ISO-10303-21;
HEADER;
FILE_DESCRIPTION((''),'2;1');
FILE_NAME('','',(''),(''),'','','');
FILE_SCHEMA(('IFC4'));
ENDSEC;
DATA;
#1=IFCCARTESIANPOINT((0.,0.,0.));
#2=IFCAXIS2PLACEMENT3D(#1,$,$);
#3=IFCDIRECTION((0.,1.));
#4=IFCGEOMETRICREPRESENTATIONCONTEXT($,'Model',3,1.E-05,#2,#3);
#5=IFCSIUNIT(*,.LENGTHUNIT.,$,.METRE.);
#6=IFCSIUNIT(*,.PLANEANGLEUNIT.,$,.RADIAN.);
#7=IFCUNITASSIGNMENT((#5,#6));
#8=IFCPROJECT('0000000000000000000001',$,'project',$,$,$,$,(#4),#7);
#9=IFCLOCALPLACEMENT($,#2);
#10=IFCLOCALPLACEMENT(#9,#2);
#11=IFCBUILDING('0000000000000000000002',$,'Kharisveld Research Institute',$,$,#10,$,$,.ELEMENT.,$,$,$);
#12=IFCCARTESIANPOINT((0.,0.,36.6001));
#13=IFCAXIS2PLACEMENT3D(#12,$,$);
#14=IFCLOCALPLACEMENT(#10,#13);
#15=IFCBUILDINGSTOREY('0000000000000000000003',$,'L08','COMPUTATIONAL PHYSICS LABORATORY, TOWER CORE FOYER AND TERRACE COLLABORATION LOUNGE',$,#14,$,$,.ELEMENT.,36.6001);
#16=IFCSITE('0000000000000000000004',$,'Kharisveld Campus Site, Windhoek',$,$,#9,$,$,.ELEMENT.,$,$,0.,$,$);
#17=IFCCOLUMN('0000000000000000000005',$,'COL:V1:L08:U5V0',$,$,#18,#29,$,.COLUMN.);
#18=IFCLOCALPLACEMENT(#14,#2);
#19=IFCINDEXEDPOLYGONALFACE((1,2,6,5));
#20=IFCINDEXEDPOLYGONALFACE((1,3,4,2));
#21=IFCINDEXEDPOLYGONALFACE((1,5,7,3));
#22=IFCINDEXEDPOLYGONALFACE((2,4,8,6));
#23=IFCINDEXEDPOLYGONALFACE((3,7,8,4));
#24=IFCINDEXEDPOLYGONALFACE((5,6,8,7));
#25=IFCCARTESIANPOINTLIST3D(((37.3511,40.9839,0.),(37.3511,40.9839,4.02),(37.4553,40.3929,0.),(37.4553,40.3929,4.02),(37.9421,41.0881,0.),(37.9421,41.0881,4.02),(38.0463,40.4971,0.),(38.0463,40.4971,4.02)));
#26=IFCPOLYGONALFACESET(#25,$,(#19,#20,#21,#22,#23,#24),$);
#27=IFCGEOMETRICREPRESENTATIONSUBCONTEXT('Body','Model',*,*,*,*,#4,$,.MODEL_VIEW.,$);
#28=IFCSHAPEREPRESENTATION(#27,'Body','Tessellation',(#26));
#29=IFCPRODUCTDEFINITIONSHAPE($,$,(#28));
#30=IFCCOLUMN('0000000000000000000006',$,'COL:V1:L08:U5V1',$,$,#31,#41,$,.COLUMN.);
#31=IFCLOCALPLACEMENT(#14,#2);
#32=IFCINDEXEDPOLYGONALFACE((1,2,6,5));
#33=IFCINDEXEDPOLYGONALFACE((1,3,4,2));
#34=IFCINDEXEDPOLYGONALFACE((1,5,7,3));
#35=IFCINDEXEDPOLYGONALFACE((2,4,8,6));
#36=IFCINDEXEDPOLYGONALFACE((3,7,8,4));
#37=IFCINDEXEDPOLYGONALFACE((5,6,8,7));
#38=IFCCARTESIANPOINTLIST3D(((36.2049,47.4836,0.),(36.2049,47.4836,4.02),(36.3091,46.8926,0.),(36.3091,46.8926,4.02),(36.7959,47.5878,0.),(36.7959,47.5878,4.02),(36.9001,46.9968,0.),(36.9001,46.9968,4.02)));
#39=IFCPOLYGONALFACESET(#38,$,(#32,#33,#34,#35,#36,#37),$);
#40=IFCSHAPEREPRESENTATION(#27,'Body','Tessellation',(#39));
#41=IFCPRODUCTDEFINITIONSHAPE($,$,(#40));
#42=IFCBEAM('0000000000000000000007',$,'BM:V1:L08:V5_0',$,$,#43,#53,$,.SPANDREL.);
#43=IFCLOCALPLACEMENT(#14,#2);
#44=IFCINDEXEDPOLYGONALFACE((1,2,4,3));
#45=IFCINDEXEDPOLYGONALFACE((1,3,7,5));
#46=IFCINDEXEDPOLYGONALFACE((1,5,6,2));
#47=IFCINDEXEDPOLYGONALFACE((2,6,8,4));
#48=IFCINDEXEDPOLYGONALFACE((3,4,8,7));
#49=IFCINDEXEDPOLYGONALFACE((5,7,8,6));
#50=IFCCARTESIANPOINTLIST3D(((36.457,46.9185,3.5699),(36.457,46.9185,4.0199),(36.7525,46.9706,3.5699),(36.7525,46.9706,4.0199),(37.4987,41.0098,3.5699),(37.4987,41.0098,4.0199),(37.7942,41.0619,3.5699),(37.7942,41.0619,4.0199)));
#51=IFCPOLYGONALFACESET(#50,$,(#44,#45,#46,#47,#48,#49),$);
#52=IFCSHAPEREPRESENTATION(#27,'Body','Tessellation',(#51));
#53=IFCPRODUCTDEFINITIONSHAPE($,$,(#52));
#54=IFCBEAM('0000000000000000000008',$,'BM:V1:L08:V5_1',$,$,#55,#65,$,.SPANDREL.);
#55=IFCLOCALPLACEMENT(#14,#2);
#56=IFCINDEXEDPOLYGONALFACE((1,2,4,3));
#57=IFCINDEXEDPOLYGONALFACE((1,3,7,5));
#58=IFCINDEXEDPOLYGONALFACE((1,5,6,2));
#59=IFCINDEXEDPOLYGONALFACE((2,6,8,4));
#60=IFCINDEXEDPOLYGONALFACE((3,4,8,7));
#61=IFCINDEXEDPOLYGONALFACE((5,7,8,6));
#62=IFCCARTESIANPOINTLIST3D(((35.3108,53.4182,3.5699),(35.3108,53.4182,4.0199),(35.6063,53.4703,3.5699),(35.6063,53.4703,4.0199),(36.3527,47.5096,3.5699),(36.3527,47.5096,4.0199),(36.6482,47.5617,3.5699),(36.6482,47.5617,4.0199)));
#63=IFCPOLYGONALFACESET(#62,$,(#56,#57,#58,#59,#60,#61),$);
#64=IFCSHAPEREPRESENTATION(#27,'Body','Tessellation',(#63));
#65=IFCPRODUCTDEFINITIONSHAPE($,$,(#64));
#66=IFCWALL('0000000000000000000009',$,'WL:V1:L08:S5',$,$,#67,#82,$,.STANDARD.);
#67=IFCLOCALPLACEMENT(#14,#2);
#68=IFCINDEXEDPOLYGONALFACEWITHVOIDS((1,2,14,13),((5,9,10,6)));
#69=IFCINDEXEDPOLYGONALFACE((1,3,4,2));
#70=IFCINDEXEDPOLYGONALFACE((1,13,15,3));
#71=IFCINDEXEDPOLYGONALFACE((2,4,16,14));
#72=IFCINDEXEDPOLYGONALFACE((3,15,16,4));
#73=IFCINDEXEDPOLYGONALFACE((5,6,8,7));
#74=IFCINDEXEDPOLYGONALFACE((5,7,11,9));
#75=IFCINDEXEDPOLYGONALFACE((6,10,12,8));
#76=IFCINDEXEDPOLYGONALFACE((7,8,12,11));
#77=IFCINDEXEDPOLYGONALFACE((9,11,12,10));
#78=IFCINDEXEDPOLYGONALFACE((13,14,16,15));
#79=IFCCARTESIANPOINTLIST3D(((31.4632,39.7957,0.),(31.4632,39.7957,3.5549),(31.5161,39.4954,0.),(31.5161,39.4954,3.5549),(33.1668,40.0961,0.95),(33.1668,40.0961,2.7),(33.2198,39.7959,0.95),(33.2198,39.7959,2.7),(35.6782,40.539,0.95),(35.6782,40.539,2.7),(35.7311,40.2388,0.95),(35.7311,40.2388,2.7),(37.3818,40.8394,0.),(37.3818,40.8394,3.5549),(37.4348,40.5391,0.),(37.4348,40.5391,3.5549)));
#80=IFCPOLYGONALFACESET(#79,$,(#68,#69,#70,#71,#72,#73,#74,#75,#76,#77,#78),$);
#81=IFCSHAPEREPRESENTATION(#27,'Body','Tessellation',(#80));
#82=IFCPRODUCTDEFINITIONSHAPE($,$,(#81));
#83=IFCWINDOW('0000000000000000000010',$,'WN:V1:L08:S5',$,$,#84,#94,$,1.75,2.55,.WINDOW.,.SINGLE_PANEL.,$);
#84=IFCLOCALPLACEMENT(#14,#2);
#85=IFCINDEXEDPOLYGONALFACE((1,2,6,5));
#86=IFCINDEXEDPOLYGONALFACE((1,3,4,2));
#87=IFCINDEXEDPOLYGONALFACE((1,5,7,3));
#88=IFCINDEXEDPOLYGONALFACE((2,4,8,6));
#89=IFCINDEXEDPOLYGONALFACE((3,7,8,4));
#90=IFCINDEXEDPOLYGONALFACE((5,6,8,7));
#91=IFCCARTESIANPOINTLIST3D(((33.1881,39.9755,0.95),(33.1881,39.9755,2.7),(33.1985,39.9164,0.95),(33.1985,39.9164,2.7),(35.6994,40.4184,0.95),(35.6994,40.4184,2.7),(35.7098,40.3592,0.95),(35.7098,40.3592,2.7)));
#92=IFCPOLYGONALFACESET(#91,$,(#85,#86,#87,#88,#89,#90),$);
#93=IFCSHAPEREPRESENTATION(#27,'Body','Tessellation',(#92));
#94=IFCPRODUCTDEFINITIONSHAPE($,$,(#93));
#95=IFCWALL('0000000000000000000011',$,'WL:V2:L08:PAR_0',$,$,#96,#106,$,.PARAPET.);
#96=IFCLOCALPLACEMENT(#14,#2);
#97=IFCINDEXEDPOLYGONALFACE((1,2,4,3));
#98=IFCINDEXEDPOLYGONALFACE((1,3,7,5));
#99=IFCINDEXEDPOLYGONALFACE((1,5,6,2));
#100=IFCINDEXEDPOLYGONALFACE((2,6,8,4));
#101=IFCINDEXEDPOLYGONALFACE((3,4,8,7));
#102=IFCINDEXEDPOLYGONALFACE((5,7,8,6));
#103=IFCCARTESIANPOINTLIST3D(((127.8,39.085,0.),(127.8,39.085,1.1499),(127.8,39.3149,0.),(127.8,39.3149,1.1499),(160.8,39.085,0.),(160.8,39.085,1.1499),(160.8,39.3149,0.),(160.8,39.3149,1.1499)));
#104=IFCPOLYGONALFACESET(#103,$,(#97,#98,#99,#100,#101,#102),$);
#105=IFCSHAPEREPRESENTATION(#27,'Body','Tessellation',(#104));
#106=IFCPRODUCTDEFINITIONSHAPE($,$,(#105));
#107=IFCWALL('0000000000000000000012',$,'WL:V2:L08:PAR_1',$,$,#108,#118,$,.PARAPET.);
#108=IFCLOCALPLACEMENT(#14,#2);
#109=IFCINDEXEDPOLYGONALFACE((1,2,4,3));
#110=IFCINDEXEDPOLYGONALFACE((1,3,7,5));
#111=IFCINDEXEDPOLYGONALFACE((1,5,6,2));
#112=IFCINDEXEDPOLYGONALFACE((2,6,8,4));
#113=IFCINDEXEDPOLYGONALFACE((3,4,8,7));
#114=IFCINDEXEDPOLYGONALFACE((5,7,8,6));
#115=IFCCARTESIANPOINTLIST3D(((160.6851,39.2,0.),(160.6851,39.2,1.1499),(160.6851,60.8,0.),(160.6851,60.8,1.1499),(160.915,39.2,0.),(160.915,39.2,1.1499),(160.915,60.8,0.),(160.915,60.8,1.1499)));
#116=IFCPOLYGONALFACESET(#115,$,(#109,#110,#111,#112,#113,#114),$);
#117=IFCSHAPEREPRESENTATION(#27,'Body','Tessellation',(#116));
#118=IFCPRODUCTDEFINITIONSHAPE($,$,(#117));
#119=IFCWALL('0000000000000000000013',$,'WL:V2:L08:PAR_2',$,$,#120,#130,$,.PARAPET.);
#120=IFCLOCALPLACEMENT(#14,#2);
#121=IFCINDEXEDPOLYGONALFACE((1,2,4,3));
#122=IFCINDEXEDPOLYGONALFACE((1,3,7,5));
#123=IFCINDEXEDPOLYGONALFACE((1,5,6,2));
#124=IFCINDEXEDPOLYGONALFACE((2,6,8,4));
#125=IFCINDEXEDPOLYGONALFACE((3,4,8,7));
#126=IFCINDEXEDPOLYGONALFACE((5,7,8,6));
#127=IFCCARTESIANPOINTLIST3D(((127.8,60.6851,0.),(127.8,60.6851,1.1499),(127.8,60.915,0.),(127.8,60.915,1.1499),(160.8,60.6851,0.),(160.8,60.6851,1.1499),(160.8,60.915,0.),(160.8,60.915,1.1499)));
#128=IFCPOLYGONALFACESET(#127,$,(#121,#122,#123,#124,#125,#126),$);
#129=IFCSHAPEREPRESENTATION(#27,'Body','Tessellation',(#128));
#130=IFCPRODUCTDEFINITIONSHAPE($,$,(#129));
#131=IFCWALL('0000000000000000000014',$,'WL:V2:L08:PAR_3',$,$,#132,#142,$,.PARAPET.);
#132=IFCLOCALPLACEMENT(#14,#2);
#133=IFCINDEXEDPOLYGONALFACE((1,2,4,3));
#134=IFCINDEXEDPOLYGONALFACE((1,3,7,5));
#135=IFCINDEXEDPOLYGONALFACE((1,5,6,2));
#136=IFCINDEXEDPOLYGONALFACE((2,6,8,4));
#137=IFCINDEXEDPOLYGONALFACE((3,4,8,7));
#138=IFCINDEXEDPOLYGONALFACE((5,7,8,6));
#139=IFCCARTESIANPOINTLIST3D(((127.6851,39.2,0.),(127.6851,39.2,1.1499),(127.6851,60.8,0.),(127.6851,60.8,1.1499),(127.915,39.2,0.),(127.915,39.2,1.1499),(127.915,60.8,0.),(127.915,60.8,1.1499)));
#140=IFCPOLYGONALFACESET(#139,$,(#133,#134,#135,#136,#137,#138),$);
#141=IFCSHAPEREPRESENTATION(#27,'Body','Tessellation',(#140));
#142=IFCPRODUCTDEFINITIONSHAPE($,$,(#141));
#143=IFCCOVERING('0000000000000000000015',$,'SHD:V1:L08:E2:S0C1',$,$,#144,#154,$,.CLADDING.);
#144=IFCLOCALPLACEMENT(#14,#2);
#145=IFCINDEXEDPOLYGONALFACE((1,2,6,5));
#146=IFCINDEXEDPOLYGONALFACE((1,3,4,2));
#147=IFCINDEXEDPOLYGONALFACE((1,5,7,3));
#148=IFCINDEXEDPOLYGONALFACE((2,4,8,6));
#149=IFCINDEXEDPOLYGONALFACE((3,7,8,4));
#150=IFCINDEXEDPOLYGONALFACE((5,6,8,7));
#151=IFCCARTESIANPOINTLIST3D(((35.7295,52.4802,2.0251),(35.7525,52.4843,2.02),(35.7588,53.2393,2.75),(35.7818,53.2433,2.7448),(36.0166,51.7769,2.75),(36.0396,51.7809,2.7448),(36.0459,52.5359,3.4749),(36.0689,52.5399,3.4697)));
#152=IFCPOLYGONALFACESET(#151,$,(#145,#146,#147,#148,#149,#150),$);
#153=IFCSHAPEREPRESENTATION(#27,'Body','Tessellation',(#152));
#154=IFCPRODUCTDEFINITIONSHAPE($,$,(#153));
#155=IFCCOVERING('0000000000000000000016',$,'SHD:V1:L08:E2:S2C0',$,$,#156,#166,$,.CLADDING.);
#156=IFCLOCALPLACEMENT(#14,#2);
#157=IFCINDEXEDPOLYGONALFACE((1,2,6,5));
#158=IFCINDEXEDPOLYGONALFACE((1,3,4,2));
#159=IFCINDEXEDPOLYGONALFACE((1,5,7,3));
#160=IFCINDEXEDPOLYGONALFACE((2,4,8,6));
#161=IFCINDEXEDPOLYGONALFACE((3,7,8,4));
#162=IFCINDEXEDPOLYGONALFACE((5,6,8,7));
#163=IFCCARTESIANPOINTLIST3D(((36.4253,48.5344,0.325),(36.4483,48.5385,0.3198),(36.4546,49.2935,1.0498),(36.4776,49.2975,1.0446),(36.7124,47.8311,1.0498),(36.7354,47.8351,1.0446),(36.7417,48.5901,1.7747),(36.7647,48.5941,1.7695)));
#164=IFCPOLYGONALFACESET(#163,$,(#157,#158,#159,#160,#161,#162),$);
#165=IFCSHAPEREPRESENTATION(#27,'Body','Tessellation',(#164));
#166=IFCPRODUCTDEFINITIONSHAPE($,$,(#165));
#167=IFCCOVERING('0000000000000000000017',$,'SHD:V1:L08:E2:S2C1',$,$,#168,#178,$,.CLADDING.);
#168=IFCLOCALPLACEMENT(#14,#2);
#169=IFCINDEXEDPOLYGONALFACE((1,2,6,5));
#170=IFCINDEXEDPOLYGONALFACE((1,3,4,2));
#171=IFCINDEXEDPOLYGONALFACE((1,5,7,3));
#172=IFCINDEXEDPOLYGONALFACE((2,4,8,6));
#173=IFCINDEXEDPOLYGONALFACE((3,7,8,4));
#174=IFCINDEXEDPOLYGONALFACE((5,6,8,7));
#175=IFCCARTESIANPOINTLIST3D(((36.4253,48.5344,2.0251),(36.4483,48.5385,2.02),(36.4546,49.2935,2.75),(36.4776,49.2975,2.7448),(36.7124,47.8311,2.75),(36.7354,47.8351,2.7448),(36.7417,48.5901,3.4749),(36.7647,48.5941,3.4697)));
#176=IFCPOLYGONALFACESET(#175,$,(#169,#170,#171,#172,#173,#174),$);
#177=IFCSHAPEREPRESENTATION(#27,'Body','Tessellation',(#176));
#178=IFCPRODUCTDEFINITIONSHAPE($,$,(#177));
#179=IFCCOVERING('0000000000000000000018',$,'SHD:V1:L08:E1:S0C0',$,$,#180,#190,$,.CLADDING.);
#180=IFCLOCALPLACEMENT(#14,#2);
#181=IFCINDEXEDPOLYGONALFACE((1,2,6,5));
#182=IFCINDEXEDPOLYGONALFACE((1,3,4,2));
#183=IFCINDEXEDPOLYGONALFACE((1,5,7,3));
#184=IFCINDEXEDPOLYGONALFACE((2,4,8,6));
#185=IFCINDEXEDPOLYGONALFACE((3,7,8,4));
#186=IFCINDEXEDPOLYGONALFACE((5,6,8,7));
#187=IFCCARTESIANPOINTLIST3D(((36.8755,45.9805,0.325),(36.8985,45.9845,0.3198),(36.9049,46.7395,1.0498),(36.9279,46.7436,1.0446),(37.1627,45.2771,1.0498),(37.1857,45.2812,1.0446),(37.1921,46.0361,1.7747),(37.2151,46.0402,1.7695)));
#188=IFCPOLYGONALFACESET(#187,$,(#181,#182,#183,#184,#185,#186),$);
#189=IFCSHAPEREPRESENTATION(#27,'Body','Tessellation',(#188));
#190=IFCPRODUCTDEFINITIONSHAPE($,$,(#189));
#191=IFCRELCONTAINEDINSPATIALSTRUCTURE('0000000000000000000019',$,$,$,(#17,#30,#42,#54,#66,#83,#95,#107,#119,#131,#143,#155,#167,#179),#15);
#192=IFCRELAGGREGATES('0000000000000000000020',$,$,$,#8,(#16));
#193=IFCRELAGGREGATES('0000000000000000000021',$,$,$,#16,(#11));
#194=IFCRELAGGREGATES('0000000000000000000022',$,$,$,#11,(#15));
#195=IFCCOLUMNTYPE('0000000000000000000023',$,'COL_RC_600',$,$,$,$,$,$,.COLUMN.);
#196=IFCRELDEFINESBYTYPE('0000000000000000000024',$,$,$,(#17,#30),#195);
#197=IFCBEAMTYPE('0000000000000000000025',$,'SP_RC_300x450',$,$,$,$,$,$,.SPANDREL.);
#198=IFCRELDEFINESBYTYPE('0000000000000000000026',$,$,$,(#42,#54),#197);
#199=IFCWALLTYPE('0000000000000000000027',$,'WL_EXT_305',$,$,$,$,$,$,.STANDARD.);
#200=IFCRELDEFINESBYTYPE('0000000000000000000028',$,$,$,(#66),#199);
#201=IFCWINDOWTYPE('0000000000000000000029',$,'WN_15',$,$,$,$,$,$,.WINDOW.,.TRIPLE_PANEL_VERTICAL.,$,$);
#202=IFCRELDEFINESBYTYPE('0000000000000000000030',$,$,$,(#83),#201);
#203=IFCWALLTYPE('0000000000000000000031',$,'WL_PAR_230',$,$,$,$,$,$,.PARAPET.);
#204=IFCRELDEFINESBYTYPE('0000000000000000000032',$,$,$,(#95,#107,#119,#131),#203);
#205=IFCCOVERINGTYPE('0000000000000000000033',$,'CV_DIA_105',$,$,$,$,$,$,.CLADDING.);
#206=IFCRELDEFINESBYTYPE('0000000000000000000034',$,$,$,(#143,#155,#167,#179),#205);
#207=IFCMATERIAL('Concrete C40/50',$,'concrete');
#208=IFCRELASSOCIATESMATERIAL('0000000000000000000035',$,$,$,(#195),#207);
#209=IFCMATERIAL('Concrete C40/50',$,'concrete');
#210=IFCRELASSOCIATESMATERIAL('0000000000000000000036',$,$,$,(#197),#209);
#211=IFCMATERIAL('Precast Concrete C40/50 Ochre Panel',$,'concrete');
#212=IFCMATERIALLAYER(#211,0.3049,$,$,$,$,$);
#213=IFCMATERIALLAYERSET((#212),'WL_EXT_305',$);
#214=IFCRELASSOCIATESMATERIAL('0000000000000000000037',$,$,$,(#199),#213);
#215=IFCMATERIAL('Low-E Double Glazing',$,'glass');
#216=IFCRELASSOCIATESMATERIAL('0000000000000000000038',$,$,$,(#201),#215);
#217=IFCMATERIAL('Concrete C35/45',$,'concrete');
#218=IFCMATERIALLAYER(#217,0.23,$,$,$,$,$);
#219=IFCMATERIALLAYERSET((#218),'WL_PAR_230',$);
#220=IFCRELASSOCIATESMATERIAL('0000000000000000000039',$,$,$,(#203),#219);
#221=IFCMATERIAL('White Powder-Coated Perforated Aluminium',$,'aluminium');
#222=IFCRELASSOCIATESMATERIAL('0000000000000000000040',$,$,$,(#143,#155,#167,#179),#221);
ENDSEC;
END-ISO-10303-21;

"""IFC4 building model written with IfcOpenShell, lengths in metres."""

from ifc_helpers import new_model, si_unit, direction, frame, frame_2d, origin, origin_2d, place, context, subcontext, project, spatial, polyline, rectangle, outline, extrude, material, layer, layer_set, material_profile, profile_set, type_object, element, fill, save


model = new_model("IFC4")

# Units and contexts
model_context = context("Model", 3, precision=1e-05, world=origin(), true_north=direction((0.0, 1.0)))
body_context = subcontext(model_context, "Body", "Model", "MODEL_VIEW")
ifc_project = project(units=[si_unit("LENGTHUNIT", "METRE"), si_unit("PLANEANGLEUNIT", "RADIAN")], contexts=[model_context])

# Site, building, storey
site_placement = place(None, origin())
site = spatial("IfcSite", under=ifc_project, at=site_placement, Name="Kharisveld Campus Site, Windhoek", CompositionType="ELEMENT", RefElevation=0.0)
building_placement = place(site_placement, origin())
building = spatial("IfcBuilding", under=site, at=building_placement, Name="Kharisveld Research Institute", CompositionType="ELEMENT")
storey_placement = place(building_placement, frame((0.0, 0.0, 36.6001)))
storey = spatial("IfcBuildingStorey", under=building, at=storey_placement, Name="L08", Description="COMPUTATIONAL PHYSICS LABORATORY, TOWER CORE FOYER AND TERRACE COLLABORATION LOUNGE", CompositionType="ELEMENT", Elevation=36.6001)

# Columns
ifc_material_1 = material(Name="Concrete C40/50", Category="concrete")
ifc_material_profile_1 = material_profile(ifc_material_1, rectangle(XDim=0.6001, YDim=0.6001, at=origin_2d()))
ifc_profile_set_1 = profile_set([ifc_material_profile_1], Name="Concrete C40/50")
column_type = type_object("IfcColumnType", Name="COL_RC_600", PredefinedType="COLUMN", material=ifc_profile_set_1)
for number, where, z_axis, x_axis, name in (
    (1, (37.6987, 40.7405, 0.0), (0.0, 0.0, 1.0), (0.984808, 0.173648, 0.0), "COL:V1:L08:U5V0"),
    (2, (36.5525, 47.2402, 0.0), (0.0, 0.0, 1.0), (0.984808, 0.173648, 0.0), "COL:V1:L08:U5V1"),
):
    element("IfcColumn", number, at=place(storey_placement, frame(where, z_axis=z_axis, x_axis=x_axis)), inside=storey, type_object=column_type, Name=name, PredefinedType="COLUMN", context=body_context, shape_type="SweptSolid", body=[
        extrude(rectangle(XDim=0.6001, YDim=0.6001, at=origin_2d()), origin(), (0.0, 0.0, 1.0), 4.02),
    ])

# Beams
ifc_material_2 = material(Name="Concrete C40/50", Category="concrete")
ifc_material_profile_2 = material_profile(ifc_material_2, rectangle(XDim=0.3, YDim=0.45, at=origin_2d()))
ifc_profile_set_2 = profile_set([ifc_material_profile_2], Name="Concrete C40/50")
beam_type = type_object("IfcBeamType", Name="SP_RC_300x450", PredefinedType="SPANDREL", material=ifc_profile_set_2)
for number, where, z_axis, x_axis, name in (
    (3, (37.6465, 41.0359, 3.7949), (-0.17363, 0.984811, 0.0), (-0.984811, -0.17363, 0.0), "BM:V1:L08:V5_0"),
    (4, (36.5005, 47.5356, 3.7949), (-0.173669, 0.984804, 0.0), (-0.984804, -0.173669, 0.0), "BM:V1:L08:V5_1"),
):
    element("IfcBeam", number, at=place(storey_placement, frame(where, z_axis=z_axis, x_axis=x_axis)), inside=storey, type_object=beam_type, Name=name, PredefinedType="SPANDREL", context=body_context, shape_type="SweptSolid", body=[
        extrude(rectangle(XDim=0.3, YDim=0.45, at=origin_2d()), origin(), (0.0, 0.0, 1.0), 5.9998),
    ])

# Wall, opening, window
ifc_material_3 = material(Name="Precast Concrete C40/50 Ochre Panel", Category="concrete")
ifc_layer_1 = layer(ifc_material_3, 0.3049)
ifc_layer_set_1 = layer_set([ifc_layer_1], Name="WL_EXT_305")
wall_type_1 = type_object("IfcWallType", Name="WL_EXT_305", PredefinedType="STANDARD", material=ifc_layer_set_1)
wall_1_placement = place(storey_placement, frame((37.4082, 40.6892, 0.0), z_axis=(0.0, 0.0, 1.0), x_axis=(-0.984806, -0.17366, 0.0)))
wall_1 = element("IfcWall", 5, at=wall_1_placement, inside=storey, type_object=wall_type_1, Name="WL:V1:L08:S5", PredefinedType="STANDARD", context=body_context, shape_type="SweptSolid", body=[
    extrude(rectangle(XDim=6.01, YDim=0.3049, at=frame_2d((3.0049, 0.0))), origin(), (0.0, 0.0, 1.0), 3.5549),
])
opening_1_placement = place(wall_1_placement, frame((1.73, 0.0, 0.95)))
opening_1 = element("IfcOpeningElement", 6, at=opening_1_placement, cuts=wall_1, PredefinedType="OPENING", context=body_context, shape_type="SweptSolid", body=[
    extrude(rectangle(XDim=2.55, YDim=1.75, at=frame_2d((1.2749, 0.875))), frame((0.0, 0.1523, 0.0), z_axis=(0.0, -1.0, 0.0), x_axis=(1.0, 0.0, 0.0)), (0.0, 0.0, 1.0), 0.3049),
])
ifc_material_4 = material(Name="Low-E Double Glazing", Category="glass")
window_type_1 = type_object("IfcWindowType", Name="WN_15", PartitioningType="TRIPLE_PANEL_VERTICAL", PredefinedType="WINDOW", material=ifc_material_4)
window_1_placement = place(opening_1_placement, origin())
window_1 = element("IfcWindow", 7, at=window_1_placement, inside=storey, type_object=window_type_1, Name="WN:V1:L08:S5", OverallHeight=1.75, OverallWidth=2.55, PartitioningType="SINGLE_PANEL", PredefinedType="WINDOW", context=body_context, shape_type="SweptSolid", body=[
    extrude(rectangle(XDim=2.55, YDim=1.75, at=frame_2d((1.2749, 0.875))), frame((0.0, 0.03, 0.0), z_axis=(0.0, -1.0, 0.0), x_axis=(1.0, 0.0, 0.0)), (0.0, 0.0, 1.0), 0.0601),
])
fill(opening_1, window_1)

# Walls
ifc_material_5 = material(Name="Concrete C35/45", Category="concrete")
ifc_layer_2 = layer(ifc_material_5, 0.23)
ifc_layer_set_2 = layer_set([ifc_layer_2], Name="WL_PAR_230")
wall_type_2 = type_object("IfcWallType", Name="WL_PAR_230", PredefinedType="PARAPET", material=ifc_layer_set_2)
wall_2_placement = place(storey_placement, frame((127.8, 39.2, 0.0), z_axis=(0.0, 0.0, 1.0), x_axis=(1.0, 0.0, 0.0)))
element("IfcWall", 8, at=wall_2_placement, inside=storey, type_object=wall_type_2, Name="WL:V2:L08:PAR_0", PredefinedType="PARAPET", context=body_context, shape_type="SweptSolid", body=[
    extrude(rectangle(XDim=33.0, YDim=0.23, at=frame_2d((16.5, 0.0))), origin(), (0.0, 0.0, 1.0), 1.1499),
])
wall_3_placement = place(storey_placement, frame((160.8, 39.2, 0.0), z_axis=(0.0, 0.0, 1.0), x_axis=(0.0, 1.0, 0.0)))
element("IfcWall", 9, at=wall_3_placement, inside=storey, type_object=wall_type_2, Name="WL:V2:L08:PAR_1", PredefinedType="PARAPET", context=body_context, shape_type="SweptSolid", body=[
    extrude(rectangle(XDim=21.6001, YDim=0.23, at=frame_2d((10.8, 0.0))), origin(), (0.0, 0.0, 1.0), 1.1499),
])
wall_4_placement = place(storey_placement, frame((160.8, 60.8, 0.0), z_axis=(0.0, 0.0, 1.0), x_axis=(-1.0, 0.0, 0.0)))
element("IfcWall", 10, at=wall_4_placement, inside=storey, type_object=wall_type_2, Name="WL:V2:L08:PAR_2", PredefinedType="PARAPET", context=body_context, shape_type="SweptSolid", body=[
    extrude(rectangle(XDim=33.0, YDim=0.23, at=frame_2d((16.5, 0.0))), origin(), (0.0, 0.0, 1.0), 1.1499),
])
wall_5_placement = place(storey_placement, frame((127.8, 60.8, 0.0), z_axis=(0.0, 0.0, 1.0), x_axis=(0.0, -1.0, 0.0)))
element("IfcWall", 11, at=wall_5_placement, inside=storey, type_object=wall_type_2, Name="WL:V2:L08:PAR_3", PredefinedType="PARAPET", context=body_context, shape_type="SweptSolid", body=[
    extrude(rectangle(XDim=21.6001, YDim=0.23, at=frame_2d((10.8, 0.0))), origin(), (0.0, 0.0, 1.0), 1.1499),
])

# Coverings
ifc_material_6 = material(Name="White Powder-Coated Perforated Aluminium", Category="aluminium")
covering_type = type_object("IfcCoveringType", Name="CV_DIA_105", PredefinedType="CLADDING")
for number, where, z_axis, x_axis, name in (
    (12, (35.7295, 52.4802, 2.0251), (-0.961487, -0.169504, 0.216358), (0.273429, -0.669853, 0.690314), "SHD:V1:L08:E2:S0C1"),
    (13, (36.4253, 48.5344, 0.325), (-0.961487, -0.169504, 0.216358), (0.273429, -0.669853, 0.690314), "SHD:V1:L08:E2:S2C0"),
    (14, (36.4253, 48.5344, 2.0251), (-0.961487, -0.169504, 0.216358), (0.273429, -0.669853, 0.690314), "SHD:V1:L08:E2:S2C1"),
):
    element("IfcCovering", number, at=place(storey_placement, frame(where, z_axis=z_axis, x_axis=x_axis)), inside=storey, type_object=covering_type, material=ifc_material_6, Name=name, PredefinedType="CLADDING", context=body_context, shape_type="SweptSolid", body=[
        extrude(outline(polyline([(0.0, 0.0), (1.05, 0.0), (1.05, 1.05), (-0.0001, 1.05), (0.0, 0.0)])), origin(), (0.0, 0.0, -1.0), 0.0239),
    ])
for number, where, z_axis, x_axis, name in (
    (15, (36.8755, 45.9805, 0.325), (-0.961453, -0.169498, 0.216512), (0.273536, -0.669834, 0.69029), "SHD:V1:L08:E1:S0C0"),
):
    element("IfcCovering", number, at=place(storey_placement, frame(where, z_axis=z_axis, x_axis=x_axis)), inside=storey, type_object=covering_type, material=ifc_material_6, Name=name, PredefinedType="CLADDING", context=body_context, shape_type="SweptSolid", body=[
        extrude(outline(polyline([(0.0, 0.0), (1.05, 0.0), (1.05, 1.05), (-0.0001, 1.05), (0.0, 0.0)])), origin(), (0.0, 0.0, -1.0), 0.0239),
    ])

save(model, "model.ifc")
